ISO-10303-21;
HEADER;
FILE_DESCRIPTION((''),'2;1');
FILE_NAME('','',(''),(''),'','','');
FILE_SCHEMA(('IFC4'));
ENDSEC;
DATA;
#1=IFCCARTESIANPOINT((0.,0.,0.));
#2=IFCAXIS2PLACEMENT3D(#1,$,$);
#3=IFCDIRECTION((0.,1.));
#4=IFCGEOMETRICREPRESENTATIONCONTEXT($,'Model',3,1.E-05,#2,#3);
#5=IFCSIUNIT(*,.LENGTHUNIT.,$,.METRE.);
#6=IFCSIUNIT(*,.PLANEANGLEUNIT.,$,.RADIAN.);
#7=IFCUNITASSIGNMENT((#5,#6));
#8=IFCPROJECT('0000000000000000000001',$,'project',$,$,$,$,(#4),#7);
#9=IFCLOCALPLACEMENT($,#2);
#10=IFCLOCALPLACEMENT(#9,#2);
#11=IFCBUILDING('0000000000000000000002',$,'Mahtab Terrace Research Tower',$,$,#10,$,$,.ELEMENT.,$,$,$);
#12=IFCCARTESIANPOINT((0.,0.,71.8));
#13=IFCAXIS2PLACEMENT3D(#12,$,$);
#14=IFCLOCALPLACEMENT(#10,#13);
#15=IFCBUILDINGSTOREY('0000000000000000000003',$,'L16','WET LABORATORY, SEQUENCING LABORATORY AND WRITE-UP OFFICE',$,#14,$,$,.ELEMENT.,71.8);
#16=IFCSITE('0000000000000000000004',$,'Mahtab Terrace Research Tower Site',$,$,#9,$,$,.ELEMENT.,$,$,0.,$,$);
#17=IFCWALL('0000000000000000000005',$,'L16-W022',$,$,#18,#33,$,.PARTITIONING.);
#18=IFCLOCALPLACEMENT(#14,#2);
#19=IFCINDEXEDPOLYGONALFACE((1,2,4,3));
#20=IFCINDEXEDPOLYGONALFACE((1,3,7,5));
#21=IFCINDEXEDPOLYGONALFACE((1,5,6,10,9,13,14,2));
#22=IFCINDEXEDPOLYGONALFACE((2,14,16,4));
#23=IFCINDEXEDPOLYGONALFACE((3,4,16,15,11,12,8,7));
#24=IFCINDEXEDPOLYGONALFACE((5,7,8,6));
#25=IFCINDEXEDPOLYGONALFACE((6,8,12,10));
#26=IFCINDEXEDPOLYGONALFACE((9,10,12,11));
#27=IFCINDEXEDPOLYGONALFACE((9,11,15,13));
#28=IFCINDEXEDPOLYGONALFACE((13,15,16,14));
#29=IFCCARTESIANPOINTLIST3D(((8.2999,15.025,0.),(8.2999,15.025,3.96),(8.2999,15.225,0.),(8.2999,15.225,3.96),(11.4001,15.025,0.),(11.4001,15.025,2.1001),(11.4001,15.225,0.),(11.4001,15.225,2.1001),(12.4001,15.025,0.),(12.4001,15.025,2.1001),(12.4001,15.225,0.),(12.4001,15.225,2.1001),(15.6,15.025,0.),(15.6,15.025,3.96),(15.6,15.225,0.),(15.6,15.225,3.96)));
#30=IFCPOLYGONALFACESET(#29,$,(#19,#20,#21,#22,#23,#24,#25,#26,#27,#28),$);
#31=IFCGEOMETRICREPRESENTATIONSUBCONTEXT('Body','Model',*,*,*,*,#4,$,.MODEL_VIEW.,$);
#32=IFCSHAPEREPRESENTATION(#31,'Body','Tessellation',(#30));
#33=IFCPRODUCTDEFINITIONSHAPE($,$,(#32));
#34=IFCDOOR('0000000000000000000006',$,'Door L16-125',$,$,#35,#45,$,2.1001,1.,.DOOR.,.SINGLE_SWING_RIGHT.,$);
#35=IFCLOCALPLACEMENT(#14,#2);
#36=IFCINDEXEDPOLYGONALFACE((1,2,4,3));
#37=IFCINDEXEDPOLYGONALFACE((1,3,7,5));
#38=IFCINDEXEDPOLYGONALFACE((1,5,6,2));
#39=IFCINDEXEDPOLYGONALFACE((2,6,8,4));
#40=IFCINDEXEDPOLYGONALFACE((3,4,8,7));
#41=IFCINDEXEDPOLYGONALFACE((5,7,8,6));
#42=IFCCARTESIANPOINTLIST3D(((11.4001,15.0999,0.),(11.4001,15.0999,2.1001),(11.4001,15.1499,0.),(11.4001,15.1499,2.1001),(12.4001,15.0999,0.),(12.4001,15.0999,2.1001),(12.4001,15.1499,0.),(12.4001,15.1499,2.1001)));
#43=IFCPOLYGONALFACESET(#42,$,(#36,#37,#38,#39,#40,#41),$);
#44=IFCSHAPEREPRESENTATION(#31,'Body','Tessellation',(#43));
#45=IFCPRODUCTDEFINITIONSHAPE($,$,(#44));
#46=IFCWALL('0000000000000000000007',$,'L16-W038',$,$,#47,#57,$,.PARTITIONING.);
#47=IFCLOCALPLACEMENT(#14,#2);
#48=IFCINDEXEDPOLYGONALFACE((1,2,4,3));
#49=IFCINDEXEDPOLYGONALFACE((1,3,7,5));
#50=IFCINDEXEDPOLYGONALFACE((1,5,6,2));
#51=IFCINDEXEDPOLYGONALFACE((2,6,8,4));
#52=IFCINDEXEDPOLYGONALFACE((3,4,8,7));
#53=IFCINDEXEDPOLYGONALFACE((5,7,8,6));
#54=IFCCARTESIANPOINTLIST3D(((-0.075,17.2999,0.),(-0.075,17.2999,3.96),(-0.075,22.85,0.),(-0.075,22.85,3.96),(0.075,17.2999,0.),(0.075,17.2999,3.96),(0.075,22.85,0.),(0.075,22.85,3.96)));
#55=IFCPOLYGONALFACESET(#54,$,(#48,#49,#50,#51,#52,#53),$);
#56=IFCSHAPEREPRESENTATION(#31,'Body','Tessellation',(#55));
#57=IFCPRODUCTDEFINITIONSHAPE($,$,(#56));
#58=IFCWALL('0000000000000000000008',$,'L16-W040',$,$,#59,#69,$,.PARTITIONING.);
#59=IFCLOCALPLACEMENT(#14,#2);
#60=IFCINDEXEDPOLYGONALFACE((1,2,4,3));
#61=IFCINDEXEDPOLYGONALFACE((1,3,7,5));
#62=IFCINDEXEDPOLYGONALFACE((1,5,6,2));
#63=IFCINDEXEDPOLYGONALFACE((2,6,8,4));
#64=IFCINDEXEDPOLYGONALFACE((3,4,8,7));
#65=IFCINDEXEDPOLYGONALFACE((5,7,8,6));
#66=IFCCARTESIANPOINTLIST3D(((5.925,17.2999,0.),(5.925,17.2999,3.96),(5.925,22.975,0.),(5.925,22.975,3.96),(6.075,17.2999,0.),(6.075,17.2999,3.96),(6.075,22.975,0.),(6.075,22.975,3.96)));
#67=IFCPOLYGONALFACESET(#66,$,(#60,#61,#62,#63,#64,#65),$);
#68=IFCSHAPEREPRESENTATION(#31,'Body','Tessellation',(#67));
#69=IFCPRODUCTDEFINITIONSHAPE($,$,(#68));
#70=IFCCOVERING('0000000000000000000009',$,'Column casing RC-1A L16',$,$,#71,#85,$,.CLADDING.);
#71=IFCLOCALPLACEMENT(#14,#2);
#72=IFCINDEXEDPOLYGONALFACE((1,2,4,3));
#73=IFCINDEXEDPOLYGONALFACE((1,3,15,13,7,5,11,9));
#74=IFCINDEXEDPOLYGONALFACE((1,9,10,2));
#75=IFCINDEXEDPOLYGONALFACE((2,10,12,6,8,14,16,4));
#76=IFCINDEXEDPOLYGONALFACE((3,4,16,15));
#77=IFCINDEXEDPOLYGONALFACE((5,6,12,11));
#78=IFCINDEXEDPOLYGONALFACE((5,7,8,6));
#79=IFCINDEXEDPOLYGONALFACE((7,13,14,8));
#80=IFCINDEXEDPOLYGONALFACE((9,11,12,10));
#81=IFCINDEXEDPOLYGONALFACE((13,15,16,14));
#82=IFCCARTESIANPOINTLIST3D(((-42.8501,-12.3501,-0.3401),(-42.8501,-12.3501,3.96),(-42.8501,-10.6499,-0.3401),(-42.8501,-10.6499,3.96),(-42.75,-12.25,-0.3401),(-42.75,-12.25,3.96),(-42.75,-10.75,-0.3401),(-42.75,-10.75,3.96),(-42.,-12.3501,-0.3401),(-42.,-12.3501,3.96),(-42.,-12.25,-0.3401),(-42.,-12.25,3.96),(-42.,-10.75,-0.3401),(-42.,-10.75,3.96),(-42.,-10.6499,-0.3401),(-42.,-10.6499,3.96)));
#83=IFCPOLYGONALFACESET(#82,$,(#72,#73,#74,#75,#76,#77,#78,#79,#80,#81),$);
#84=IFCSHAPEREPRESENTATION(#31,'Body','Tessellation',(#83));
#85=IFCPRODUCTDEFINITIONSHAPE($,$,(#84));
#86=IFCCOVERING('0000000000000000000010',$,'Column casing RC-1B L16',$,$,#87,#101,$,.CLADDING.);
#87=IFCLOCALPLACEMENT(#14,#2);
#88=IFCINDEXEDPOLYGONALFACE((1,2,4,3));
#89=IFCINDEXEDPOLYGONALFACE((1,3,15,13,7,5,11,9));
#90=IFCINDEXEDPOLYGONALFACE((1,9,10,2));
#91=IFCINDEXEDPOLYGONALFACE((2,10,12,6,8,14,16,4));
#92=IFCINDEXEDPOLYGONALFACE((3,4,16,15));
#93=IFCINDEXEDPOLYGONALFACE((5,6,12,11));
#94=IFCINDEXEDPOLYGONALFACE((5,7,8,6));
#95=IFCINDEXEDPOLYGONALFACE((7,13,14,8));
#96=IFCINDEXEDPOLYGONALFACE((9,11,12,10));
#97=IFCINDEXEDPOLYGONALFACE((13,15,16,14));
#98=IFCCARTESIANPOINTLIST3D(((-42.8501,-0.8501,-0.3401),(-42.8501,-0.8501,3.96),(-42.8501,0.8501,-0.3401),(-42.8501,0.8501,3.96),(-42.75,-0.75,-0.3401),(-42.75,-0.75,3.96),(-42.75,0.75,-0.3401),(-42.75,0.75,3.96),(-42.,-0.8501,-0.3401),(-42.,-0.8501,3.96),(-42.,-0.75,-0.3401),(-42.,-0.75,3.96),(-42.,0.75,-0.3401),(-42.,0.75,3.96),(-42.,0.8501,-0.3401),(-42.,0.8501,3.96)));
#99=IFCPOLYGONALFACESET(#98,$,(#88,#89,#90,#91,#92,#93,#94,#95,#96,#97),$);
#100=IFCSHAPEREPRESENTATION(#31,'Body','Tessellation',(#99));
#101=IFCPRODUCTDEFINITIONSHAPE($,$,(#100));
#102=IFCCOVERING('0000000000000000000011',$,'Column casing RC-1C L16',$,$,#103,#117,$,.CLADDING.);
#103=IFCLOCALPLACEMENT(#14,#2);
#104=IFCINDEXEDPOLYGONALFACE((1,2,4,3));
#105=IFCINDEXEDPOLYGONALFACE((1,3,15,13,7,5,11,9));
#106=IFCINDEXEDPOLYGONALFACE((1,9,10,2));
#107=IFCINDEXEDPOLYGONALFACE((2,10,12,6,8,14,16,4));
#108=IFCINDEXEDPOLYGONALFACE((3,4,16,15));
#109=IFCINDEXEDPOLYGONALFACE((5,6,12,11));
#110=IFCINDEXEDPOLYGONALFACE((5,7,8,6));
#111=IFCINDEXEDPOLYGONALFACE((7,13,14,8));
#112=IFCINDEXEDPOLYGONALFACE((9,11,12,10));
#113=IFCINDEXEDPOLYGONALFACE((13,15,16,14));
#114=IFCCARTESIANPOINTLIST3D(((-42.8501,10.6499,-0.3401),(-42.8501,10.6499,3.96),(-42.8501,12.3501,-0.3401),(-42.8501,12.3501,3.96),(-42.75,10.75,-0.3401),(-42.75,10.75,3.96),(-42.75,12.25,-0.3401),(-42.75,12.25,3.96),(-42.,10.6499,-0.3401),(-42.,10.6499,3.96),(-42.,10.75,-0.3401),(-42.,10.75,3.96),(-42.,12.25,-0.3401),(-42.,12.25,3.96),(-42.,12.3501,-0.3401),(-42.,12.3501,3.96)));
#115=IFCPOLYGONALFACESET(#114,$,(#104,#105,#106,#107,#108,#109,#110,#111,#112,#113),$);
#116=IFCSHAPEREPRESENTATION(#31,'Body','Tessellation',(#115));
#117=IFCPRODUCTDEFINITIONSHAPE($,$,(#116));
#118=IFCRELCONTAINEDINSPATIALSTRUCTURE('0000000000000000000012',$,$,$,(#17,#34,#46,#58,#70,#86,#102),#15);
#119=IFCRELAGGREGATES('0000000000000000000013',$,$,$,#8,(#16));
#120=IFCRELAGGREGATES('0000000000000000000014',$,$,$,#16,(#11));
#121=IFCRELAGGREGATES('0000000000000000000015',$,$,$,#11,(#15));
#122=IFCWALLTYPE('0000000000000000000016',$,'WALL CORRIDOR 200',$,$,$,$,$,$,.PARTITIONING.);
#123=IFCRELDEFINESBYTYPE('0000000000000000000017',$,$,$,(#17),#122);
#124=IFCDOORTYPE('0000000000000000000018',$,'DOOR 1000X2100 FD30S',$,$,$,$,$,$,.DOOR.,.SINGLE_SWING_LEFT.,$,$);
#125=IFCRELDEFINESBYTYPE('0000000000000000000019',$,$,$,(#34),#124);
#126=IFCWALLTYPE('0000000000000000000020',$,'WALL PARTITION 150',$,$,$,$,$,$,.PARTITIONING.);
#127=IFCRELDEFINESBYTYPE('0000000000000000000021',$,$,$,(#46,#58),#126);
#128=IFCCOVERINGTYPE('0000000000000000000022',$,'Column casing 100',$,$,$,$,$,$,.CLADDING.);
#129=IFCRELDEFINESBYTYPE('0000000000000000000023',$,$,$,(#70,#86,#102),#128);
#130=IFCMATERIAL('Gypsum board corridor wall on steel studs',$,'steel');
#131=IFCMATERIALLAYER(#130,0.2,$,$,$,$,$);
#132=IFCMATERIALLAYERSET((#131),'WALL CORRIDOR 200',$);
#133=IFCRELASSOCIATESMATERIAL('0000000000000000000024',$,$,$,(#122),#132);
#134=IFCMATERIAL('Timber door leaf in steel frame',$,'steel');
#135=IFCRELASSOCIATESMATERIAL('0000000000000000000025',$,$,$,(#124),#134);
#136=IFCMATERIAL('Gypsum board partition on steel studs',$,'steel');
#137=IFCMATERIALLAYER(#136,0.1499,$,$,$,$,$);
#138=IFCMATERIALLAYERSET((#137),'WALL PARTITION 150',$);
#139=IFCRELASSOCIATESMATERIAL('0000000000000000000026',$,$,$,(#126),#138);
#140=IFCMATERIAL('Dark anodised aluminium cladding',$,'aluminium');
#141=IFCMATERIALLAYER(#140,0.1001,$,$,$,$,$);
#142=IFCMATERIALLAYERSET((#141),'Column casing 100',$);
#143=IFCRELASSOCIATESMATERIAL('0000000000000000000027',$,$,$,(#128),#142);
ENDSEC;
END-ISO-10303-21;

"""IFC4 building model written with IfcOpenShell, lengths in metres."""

from ifc_helpers import new_model, si_unit, direction, frame, frame_2d, origin, place, context, subcontext, project, spatial, polyline, rectangle, outline, extrude, material, layer, layer_set, type_object, element, fill, save


model = new_model("IFC4")

# Units and contexts
model_context = context("Model", 3, precision=1e-05, world=origin(), true_north=direction((0.0, 1.0)))
body_context = subcontext(model_context, "Body", "Model", "MODEL_VIEW")
ifc_project = project(units=[si_unit("LENGTHUNIT", "METRE"), si_unit("PLANEANGLEUNIT", "RADIAN")], contexts=[model_context])

# Site, building, storey
site_placement = place(None, origin())
site = spatial("IfcSite", under=ifc_project, at=site_placement, Name="Mahtab Terrace Research Tower Site", CompositionType="ELEMENT", RefElevation=0.0)
building_placement = place(site_placement, origin())
building = spatial("IfcBuilding", under=site, at=building_placement, Name="Mahtab Terrace Research Tower", CompositionType="ELEMENT")
storey_placement = place(building_placement, frame((0.0, 0.0, 71.8)))
storey = spatial("IfcBuildingStorey", under=building, at=storey_placement, Name="L16", Description="WET LABORATORY, SEQUENCING LABORATORY AND WRITE-UP OFFICE", CompositionType="ELEMENT", Elevation=71.8)

# Wall, opening, door
ifc_material_1 = material(Name="Gypsum board corridor wall on steel studs", Category="steel")
ifc_layer_1 = layer(ifc_material_1, 0.2)
ifc_layer_set_1 = layer_set([ifc_layer_1], Name="WALL CORRIDOR 200")
wall_type_1 = type_object("IfcWallType", Name="WALL CORRIDOR 200", PredefinedType="PARTITIONING", material=ifc_layer_set_1)
wall_1_placement = place(storey_placement, frame((8.3, 15.125, 0.0), z_axis=(0.0, 0.0, 1.0), x_axis=(1.0, 0.0, 0.0)))
wall_1 = element("IfcWall", 1, at=wall_1_placement, inside=storey, type_object=wall_type_1, Name="L16-W022", PredefinedType="PARTITIONING", context=body_context, shape_type="SweptSolid", body=[
    extrude(rectangle(XDim=7.3, YDim=0.2, at=frame_2d((3.6499, 0.0))), origin(), (0.0, 0.0, 1.0), 3.96),
])
opening_1_placement = place(wall_1_placement, frame((3.1001, 0.0, 0.0)))
opening_1 = element("IfcOpeningElement", 2, at=opening_1_placement, cuts=wall_1, PredefinedType="OPENING", context=body_context, shape_type="SweptSolid", body=[
    extrude(rectangle(XDim=1.0, YDim=2.1001, at=frame_2d((0.5, 1.05))), frame((0.0, 0.1099, 0.0), z_axis=(0.0, -1.0, 0.0), x_axis=(1.0, 0.0, 0.0)), (0.0, 0.0, 1.0), 0.22),
])
ifc_material_2 = material(Name="Timber door leaf in steel frame", Category="steel")
door_type_1 = type_object("IfcDoorType", Name="DOOR 1000X2100 FD30S", OperationType="SINGLE_SWING_LEFT", PredefinedType="DOOR", material=ifc_material_2)
door_1_placement = place(opening_1_placement, origin())
door_1 = element("IfcDoor", 3, at=door_1_placement, inside=storey, type_object=door_type_1, Name="Door L16-125", OperationType="SINGLE_SWING_RIGHT", OverallHeight=2.1001, OverallWidth=1.0, PredefinedType="DOOR", context=body_context, shape_type="SweptSolid", body=[
    extrude(rectangle(XDim=1.0, YDim=2.1001, at=frame_2d((0.5, 1.05))), frame((0.0, 0.0249, 0.0), z_axis=(0.0, -1.0, 0.0), x_axis=(1.0, 0.0, 0.0)), (0.0, 0.0, 1.0), 0.05),
])
fill(opening_1, door_1)

# Walls
ifc_material_3 = material(Name="Gypsum board partition on steel studs", Category="steel")
ifc_layer_2 = layer(ifc_material_3, 0.1499)
ifc_layer_set_2 = layer_set([ifc_layer_2], Name="WALL PARTITION 150")
wall_type_2 = type_object("IfcWallType", Name="WALL PARTITION 150", PredefinedType="PARTITIONING", material=ifc_layer_set_2)
wall_2_placement = place(storey_placement, frame((0.0, 17.3, 0.0), z_axis=(0.0, 0.0, 1.0), x_axis=(0.0, 1.0, 0.0)))
element("IfcWall", 4, at=wall_2_placement, inside=storey, type_object=wall_type_2, Name="L16-W038", PredefinedType="PARTITIONING", context=body_context, shape_type="SweptSolid", body=[
    extrude(rectangle(XDim=5.55, YDim=0.1499, at=frame_2d((2.7749, 0.0))), origin(), (0.0, 0.0, 1.0), 3.96),
])
wall_3_placement = place(storey_placement, frame((6.0, 17.3, 0.0), z_axis=(0.0, 0.0, 1.0), x_axis=(0.0, 1.0, 0.0)))
element("IfcWall", 5, at=wall_3_placement, inside=storey, type_object=wall_type_2, Name="L16-W040", PredefinedType="PARTITIONING", context=body_context, shape_type="SweptSolid", body=[
    extrude(rectangle(XDim=5.675, YDim=0.1499, at=frame_2d((2.8374, 0.0))), origin(), (0.0, 0.0, 1.0), 3.96),
])

# Coverings
ifc_material_4 = material(Name="Dark anodised aluminium cladding", Category="aluminium")
ifc_layer_3 = layer(ifc_material_4, 0.1001)
ifc_layer_set_3 = layer_set([ifc_layer_3], Name="Column casing 100")
covering_type_1 = type_object("IfcCoveringType", Name="Column casing 100", PredefinedType="CLADDING", material=ifc_layer_set_3)
covering_1_placement = place(storey_placement, frame((0.0, 0.0, -0.3401)))
element("IfcCovering", 6, at=covering_1_placement, inside=storey, type_object=covering_type_1, Name="Column casing RC-1A L16", PredefinedType="CLADDING", context=body_context, shape_type="SweptSolid", body=[
    extrude(outline(polyline([(-42.8501, -10.6499), (-42.0, -10.6499), (-42.0, -10.75), (-42.75, -10.75), (-42.75, -12.25), (-42.0, -12.25), (-42.0, -12.3501), (-42.8501, -12.3501), (-42.8501, -10.6499)])), origin(), (0.0, 0.0, 1.0), 4.3),
])
covering_2_placement = place(storey_placement, frame((0.0, 0.0, -0.3401)))
element("IfcCovering", 7, at=covering_2_placement, inside=storey, type_object=covering_type_1, Name="Column casing RC-1B L16", PredefinedType="CLADDING", context=body_context, shape_type="SweptSolid", body=[
    extrude(outline(polyline([(-42.8501, 0.8501), (-42.0, 0.8501), (-42.0, 0.75), (-42.75, 0.75), (-42.75, -0.75), (-42.0, -0.75), (-42.0, -0.8501), (-42.8501, -0.8501), (-42.8501, 0.8501)])), origin(), (0.0, 0.0, 1.0), 4.3),
])
covering_3_placement = place(storey_placement, frame((0.0, 0.0, -0.3401)))
element("IfcCovering", 8, at=covering_3_placement, inside=storey, type_object=covering_type_1, Name="Column casing RC-1C L16", PredefinedType="CLADDING", context=body_context, shape_type="SweptSolid", body=[
    extrude(outline(polyline([(-42.8501, 12.3501), (-42.0, 12.3501), (-42.0, 12.25), (-42.75, 12.25), (-42.75, 10.75), (-42.0, 10.75), (-42.0, 10.6499), (-42.8501, 10.6499), (-42.8501, 12.3501)])), origin(), (0.0, 0.0, 1.0), 4.3),
])

save(model, "model.ifc")
